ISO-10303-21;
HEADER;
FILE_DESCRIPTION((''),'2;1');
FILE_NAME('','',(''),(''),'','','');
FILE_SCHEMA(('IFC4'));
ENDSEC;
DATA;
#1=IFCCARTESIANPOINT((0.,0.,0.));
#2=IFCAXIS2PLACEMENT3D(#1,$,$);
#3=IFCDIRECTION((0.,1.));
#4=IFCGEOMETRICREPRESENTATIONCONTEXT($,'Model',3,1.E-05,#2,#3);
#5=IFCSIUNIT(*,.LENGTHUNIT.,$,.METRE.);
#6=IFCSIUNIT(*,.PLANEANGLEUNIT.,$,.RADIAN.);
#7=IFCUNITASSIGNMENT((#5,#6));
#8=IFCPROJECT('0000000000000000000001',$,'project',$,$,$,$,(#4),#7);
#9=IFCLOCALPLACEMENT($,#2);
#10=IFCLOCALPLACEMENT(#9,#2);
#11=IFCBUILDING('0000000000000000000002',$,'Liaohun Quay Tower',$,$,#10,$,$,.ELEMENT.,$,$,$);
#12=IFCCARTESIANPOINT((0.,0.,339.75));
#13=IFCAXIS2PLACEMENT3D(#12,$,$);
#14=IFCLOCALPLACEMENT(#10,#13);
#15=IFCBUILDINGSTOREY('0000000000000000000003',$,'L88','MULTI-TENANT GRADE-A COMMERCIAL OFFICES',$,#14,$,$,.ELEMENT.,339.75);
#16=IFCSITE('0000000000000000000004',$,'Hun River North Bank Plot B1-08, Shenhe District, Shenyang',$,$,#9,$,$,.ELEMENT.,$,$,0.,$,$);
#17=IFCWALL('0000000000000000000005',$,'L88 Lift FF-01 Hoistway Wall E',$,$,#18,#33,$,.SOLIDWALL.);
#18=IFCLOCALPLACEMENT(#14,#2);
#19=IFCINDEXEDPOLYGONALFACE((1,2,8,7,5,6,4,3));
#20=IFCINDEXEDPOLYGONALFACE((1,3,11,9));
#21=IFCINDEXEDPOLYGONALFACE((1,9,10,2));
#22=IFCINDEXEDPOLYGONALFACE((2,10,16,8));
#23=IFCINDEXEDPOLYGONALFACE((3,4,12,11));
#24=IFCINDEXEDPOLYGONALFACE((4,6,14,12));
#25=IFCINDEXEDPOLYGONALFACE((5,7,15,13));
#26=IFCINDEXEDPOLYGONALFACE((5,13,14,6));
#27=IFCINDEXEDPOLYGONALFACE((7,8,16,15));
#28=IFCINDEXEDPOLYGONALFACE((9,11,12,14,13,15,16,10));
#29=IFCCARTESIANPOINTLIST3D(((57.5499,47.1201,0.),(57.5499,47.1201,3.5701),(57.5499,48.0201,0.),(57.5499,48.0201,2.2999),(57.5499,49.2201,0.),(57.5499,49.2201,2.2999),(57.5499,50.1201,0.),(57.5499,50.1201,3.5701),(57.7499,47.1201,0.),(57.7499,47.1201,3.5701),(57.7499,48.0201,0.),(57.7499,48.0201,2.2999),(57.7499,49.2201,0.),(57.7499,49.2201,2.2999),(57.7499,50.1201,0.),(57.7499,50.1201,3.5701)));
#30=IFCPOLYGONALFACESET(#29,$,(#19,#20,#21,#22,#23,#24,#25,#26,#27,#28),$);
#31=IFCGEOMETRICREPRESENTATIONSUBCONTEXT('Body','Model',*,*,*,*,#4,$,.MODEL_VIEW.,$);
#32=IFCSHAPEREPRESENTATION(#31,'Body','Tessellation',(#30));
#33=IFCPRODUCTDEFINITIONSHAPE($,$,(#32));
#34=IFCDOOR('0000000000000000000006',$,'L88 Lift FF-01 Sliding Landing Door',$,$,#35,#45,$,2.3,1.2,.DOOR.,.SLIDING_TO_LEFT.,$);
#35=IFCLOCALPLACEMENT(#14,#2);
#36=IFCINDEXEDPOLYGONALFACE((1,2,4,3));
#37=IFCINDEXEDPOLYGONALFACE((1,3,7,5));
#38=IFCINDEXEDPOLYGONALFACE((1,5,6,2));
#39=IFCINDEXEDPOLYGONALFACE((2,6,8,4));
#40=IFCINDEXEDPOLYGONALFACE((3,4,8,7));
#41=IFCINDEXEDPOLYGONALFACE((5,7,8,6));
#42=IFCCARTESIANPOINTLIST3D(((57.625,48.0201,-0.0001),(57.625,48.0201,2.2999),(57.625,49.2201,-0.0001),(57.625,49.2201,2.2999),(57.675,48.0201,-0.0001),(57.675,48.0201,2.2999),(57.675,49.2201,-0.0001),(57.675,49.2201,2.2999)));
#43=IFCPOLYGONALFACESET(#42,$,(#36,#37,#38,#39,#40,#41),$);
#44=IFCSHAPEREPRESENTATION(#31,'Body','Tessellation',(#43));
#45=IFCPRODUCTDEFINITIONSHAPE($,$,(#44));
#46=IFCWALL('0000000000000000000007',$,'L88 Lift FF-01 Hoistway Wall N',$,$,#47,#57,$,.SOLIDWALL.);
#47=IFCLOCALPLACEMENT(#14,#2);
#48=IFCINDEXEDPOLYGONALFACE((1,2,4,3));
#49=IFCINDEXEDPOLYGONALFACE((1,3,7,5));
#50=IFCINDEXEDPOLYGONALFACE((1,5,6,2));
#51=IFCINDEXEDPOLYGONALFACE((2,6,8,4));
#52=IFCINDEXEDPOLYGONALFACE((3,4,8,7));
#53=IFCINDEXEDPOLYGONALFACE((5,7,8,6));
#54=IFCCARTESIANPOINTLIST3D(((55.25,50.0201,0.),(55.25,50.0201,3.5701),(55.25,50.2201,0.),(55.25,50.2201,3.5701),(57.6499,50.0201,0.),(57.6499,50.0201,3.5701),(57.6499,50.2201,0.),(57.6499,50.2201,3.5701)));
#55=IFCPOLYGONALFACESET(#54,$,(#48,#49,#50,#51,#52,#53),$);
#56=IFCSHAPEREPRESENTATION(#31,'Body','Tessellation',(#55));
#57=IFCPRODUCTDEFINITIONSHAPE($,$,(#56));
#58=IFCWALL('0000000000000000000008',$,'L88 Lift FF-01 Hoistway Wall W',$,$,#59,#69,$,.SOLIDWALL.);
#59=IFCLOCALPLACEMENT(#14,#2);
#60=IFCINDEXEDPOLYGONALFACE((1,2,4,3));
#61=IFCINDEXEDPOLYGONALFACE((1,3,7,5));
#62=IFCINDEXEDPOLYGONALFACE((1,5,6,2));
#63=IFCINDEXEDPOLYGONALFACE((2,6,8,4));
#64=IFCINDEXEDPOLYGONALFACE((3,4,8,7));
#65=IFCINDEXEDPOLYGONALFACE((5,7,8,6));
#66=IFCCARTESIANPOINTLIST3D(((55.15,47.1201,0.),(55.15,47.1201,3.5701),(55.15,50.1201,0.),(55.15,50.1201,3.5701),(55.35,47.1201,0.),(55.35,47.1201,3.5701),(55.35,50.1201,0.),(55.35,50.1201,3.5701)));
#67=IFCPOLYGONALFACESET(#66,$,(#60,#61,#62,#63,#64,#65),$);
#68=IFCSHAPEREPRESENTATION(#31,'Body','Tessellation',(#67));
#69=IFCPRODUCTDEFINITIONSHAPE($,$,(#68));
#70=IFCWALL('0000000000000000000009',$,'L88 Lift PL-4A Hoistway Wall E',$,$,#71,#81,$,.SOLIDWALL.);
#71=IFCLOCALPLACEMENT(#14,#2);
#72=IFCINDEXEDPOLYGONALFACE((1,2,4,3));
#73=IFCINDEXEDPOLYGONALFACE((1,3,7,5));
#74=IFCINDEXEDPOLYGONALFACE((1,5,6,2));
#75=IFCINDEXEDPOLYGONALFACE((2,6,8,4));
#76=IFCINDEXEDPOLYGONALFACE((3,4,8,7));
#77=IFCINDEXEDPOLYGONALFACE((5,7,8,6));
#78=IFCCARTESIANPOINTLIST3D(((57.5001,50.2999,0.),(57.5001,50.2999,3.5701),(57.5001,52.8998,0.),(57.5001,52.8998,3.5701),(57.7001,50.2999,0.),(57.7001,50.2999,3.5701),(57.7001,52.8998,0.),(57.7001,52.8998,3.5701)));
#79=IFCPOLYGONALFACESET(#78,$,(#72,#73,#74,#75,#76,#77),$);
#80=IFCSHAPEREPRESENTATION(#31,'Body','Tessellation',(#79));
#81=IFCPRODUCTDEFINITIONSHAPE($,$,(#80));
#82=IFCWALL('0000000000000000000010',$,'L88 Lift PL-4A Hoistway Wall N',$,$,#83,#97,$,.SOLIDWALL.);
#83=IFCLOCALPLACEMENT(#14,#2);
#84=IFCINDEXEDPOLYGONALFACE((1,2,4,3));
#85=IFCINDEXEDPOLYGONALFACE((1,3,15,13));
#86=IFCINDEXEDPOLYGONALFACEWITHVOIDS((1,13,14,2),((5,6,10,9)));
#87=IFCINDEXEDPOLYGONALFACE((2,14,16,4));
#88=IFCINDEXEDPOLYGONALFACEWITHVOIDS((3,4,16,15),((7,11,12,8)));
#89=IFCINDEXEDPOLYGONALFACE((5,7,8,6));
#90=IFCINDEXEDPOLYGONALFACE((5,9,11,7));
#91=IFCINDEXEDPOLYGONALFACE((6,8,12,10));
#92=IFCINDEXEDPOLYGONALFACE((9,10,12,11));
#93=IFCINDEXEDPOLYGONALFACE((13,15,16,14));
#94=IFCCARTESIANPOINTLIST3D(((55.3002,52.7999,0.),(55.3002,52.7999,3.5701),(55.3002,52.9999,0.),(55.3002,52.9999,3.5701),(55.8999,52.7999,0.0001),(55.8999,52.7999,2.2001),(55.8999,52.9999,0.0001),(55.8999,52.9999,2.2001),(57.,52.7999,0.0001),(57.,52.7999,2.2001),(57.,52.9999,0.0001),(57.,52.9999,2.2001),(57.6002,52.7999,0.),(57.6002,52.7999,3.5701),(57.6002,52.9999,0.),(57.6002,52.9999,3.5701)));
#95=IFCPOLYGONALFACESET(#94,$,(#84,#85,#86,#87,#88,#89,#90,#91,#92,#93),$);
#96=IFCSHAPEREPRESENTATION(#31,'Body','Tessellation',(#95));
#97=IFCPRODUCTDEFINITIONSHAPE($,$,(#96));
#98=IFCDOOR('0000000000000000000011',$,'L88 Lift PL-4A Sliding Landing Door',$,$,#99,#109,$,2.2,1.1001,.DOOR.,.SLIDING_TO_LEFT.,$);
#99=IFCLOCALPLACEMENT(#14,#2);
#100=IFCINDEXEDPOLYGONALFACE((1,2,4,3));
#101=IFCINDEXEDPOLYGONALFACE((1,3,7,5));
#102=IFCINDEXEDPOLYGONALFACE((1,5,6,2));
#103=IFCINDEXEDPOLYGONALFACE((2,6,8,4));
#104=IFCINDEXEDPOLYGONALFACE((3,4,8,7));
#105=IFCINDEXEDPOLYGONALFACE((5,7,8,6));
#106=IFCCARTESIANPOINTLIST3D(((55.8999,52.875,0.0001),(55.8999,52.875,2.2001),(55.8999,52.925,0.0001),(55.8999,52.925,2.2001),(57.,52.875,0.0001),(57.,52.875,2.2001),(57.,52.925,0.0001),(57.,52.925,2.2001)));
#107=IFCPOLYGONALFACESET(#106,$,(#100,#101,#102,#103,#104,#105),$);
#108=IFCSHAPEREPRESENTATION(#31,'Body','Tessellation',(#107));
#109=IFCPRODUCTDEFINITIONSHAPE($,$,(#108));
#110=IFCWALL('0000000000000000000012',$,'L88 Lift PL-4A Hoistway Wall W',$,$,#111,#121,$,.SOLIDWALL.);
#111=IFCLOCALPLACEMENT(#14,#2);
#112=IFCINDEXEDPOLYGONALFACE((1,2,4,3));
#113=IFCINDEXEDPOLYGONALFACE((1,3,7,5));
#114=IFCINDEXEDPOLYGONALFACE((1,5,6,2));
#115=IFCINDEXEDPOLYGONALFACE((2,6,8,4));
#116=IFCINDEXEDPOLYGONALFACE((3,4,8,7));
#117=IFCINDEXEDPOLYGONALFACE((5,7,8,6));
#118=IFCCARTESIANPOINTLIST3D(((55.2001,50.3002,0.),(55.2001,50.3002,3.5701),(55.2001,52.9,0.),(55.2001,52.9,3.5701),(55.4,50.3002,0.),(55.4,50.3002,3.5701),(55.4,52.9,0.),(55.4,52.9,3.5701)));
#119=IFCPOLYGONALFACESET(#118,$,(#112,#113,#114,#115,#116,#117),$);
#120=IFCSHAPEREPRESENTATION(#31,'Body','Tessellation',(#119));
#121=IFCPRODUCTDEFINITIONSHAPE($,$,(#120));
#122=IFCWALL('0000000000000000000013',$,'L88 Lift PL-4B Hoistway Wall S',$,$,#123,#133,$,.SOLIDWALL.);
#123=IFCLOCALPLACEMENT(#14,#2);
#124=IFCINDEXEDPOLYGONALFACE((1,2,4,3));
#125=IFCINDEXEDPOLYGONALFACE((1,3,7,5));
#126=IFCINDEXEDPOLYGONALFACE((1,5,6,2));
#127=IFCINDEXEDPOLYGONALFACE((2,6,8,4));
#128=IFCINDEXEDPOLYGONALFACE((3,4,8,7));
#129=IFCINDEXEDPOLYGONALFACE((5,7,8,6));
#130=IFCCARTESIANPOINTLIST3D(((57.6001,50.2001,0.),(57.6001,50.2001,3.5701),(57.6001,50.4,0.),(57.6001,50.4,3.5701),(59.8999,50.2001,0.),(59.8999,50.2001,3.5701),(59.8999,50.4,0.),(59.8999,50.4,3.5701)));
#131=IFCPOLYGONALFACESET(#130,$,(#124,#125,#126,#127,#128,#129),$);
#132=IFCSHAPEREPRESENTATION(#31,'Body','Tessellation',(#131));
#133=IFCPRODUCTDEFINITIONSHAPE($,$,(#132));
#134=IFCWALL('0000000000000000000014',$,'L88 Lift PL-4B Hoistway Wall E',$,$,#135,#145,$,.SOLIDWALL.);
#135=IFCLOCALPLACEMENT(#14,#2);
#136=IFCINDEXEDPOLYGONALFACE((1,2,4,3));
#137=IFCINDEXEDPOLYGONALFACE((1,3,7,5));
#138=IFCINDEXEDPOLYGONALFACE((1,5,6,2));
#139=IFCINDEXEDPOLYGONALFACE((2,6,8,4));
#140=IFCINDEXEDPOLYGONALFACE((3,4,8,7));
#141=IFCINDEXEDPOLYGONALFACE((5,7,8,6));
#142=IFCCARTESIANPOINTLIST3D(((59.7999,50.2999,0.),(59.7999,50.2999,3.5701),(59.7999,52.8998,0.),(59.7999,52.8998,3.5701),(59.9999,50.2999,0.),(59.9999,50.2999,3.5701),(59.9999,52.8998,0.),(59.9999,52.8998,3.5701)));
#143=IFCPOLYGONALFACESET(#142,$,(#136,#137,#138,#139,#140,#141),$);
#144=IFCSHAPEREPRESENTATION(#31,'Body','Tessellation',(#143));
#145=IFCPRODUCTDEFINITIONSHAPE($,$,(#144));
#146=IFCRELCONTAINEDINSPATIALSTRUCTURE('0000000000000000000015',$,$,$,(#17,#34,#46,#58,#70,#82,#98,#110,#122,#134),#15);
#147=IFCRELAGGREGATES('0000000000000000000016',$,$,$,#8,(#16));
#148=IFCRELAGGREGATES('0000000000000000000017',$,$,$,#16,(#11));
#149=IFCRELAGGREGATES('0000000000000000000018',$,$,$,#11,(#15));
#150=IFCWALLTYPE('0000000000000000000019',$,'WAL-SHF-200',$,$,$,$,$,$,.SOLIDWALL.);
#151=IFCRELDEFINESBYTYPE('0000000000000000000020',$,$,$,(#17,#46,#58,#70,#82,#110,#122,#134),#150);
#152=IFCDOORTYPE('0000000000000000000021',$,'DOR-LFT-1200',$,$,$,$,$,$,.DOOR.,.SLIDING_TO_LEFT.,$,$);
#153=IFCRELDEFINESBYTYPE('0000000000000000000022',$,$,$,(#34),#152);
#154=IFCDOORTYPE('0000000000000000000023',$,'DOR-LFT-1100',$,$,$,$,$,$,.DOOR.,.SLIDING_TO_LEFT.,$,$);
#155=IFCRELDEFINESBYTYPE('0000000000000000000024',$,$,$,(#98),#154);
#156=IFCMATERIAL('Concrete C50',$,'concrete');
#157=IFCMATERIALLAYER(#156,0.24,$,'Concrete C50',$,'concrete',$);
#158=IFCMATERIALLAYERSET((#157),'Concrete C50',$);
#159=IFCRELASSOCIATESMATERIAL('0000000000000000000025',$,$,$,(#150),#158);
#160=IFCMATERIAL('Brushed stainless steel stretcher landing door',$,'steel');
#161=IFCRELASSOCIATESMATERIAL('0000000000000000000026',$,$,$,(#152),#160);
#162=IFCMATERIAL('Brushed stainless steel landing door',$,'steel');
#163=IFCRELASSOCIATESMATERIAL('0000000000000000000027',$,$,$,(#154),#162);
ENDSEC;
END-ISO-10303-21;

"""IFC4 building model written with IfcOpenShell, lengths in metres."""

from ifc_helpers import new_model, si_unit, direction, frame, frame_2d, origin, place, context, subcontext, project, spatial, rectangle, extrude, source, transform, mapped, material, layer, layer_set, type_object, element, fill, save


model = new_model("IFC4")

# Units and contexts
model_context = context("Model", 3, precision=1e-05, world=origin(), true_north=direction((0.0, 1.0)))
body_context = subcontext(model_context, "Body", "Model", "MODEL_VIEW")
ifc_project = project(units=[si_unit("LENGTHUNIT", "METRE"), si_unit("PLANEANGLEUNIT", "RADIAN")], contexts=[model_context])

# Site, building, storey
site_placement = place(None, origin())
site = spatial("IfcSite", under=ifc_project, at=site_placement, Name="Hun River North Bank Plot B1-08, Shenhe District, Shenyang", CompositionType="ELEMENT", RefElevation=0.0)
building_placement = place(site_placement, origin())
building = spatial("IfcBuilding", under=site, at=building_placement, Name="Liaohun Quay Tower", CompositionType="ELEMENT")
storey_placement = place(building_placement, frame((0.0, 0.0, 339.75)))
storey = spatial("IfcBuildingStorey", under=building, at=storey_placement, Name="L88", Description="MULTI-TENANT GRADE-A COMMERCIAL OFFICES", CompositionType="ELEMENT", Elevation=339.75)

# Shared definitions
ifc_material_1 = material(Name="Concrete C50", Category="concrete")

# Shared definitions
ifc_layer_1 = layer(ifc_material_1, 0.24, Name="Concrete C50", Category="concrete")
ifc_layer_set_1 = layer_set([ifc_layer_1], Name="Concrete C50")
wall_type_1 = type_object("IfcWallType", Name="WAL-SHF-200", PredefinedType="SOLIDWALL", material=ifc_layer_set_1)

# Wall, opening, door
wall_1_placement = place(storey_placement, frame((57.6499, 47.1201, 0.0), z_axis=(0.0, 0.0, 1.0), x_axis=(0.0, 1.0, 0.0)))
wall_1 = element("IfcWall", 1, at=wall_1_placement, inside=storey, type_object=wall_type_1, Name="L88 Lift FF-01 Hoistway Wall E", PredefinedType="SOLIDWALL", context=body_context, shape_type="SweptSolid", body=[
    extrude(rectangle(XDim=3.0, YDim=0.2, at=frame_2d((1.5, 0.0))), origin(), (0.0, 0.0, 1.0), 3.5701),
])
shared_shape_1 = source(origin(), body_context, "Body", "SweptSolid", [
    extrude(rectangle(XDim=1.2, YDim=2.3, at=frame_2d((0.6001, 1.1499))), frame((0.0, 0.1099, 0.0), z_axis=(0.0, -1.0, 0.0), x_axis=(1.0, 0.0, 0.0)), (0.0, 0.0, 1.0), 0.22),
])
opening_1_placement = place(wall_1_placement, frame((0.8999, 0.0, 0.0)))
opening_1 = element("IfcOpeningElement", 2, at=opening_1_placement, cuts=wall_1, PredefinedType="OPENING", context=body_context, shape_type="MappedRepresentation", body=[
    mapped(shared_shape_1, transform((0.0, 0.0, 0.0), x_axis=(1.0, 0.0, 0.0), y_axis=(0.0, 1.0, 0.0), z_axis=(0.0, 0.0, 1.0), scale=1.0)),
])
ifc_material_2 = material(Name="Brushed stainless steel stretcher landing door", Category="steel")
door_type_1 = type_object("IfcDoorType", Name="DOR-LFT-1200", OperationType="SLIDING_TO_LEFT", PredefinedType="DOOR", material=ifc_material_2)
shared_shape_2 = source(origin(), body_context, "Body", "SweptSolid", [
    extrude(rectangle(XDim=1.2, YDim=2.3, at=frame_2d((0.6001, 1.1499))), frame((0.0, 0.0249, 0.0), z_axis=(0.0, -1.0, 0.0), x_axis=(1.0, 0.0, 0.0)), (0.0, 0.0, 1.0), 0.05),
])
door_1_placement = place(opening_1_placement, origin())
door_1 = element("IfcDoor", 3, at=door_1_placement, inside=storey, type_object=door_type_1, Name="L88 Lift FF-01 Sliding Landing Door", OperationType="SLIDING_TO_LEFT", OverallHeight=2.3, OverallWidth=1.2, PredefinedType="DOOR", context=body_context, shape_type="MappedRepresentation", body=[
    mapped(shared_shape_2, transform((0.0, 0.0, 0.0), x_axis=(1.0, 0.0, 0.0), y_axis=(0.0, 1.0, 0.0), z_axis=(0.0, 0.0, 1.0), scale=1.0)),
])
fill(opening_1, door_1)

# Walls
wall_2_placement = place(storey_placement, frame((57.6499, 50.1201, 0.0), z_axis=(0.0, 0.0, 1.0), x_axis=(-1.0, 0.0, 0.0)))
element("IfcWall", 4, at=wall_2_placement, inside=storey, type_object=wall_type_1, Name="L88 Lift FF-01 Hoistway Wall N", PredefinedType="SOLIDWALL", context=body_context, shape_type="SweptSolid", body=[
    extrude(rectangle(XDim=2.3999, YDim=0.2, at=frame_2d((1.2, 0.0))), origin(), (0.0, 0.0, 1.0), 3.5701),
])
wall_3_placement = place(storey_placement, frame((55.25, 50.1201, 0.0), z_axis=(0.0, 0.0, 1.0), x_axis=(0.0, -1.0, 0.0)))
element("IfcWall", 5, at=wall_3_placement, inside=storey, type_object=wall_type_1, Name="L88 Lift FF-01 Hoistway Wall W", PredefinedType="SOLIDWALL", context=body_context, shape_type="SweptSolid", body=[
    extrude(rectangle(XDim=3.0, YDim=0.2, at=frame_2d((1.5, 0.0))), origin(), (0.0, 0.0, 1.0), 3.5701),
])
wall_4_placement = place(storey_placement, frame((57.6001, 50.3, 0.0), z_axis=(0.0, 0.0, 1.0), x_axis=(0.0, 1.0, 0.0)))
element("IfcWall", 6, at=wall_4_placement, inside=storey, type_object=wall_type_1, Name="L88 Lift PL-4A Hoistway Wall E", PredefinedType="SOLIDWALL", context=body_context, shape_type="SweptSolid", body=[
    extrude(rectangle(XDim=2.5999, YDim=0.2, at=frame_2d((1.2998, 0.0))), origin(), (0.0, 0.0, 1.0), 3.5701),
])

# Wall, opening, door
wall_5_placement = place(storey_placement, frame((57.6001, 52.8999, 0.0), z_axis=(0.0, 0.0, 1.0), x_axis=(-1.0, 0.0, 0.0)))
wall_5 = element("IfcWall", 7, at=wall_5_placement, inside=storey, type_object=wall_type_1, Name="L88 Lift PL-4A Hoistway Wall N", PredefinedType="SOLIDWALL", context=body_context, shape_type="SweptSolid", body=[
    extrude(rectangle(XDim=2.3, YDim=0.2, at=frame_2d((1.1499, 0.0))), origin(), (0.0, 0.0, 1.0), 3.5701),
])
shared_shape_3 = source(origin(), body_context, "Body", "SweptSolid", [
    extrude(rectangle(XDim=1.1001, YDim=2.2, at=frame_2d((0.55, 1.1001))), frame((0.0, 0.1099, 0.0), z_axis=(0.0, -1.0, 0.0), x_axis=(1.0, 0.0, 0.0)), (0.0, 0.0, 1.0), 0.22),
])
opening_2_placement = place(wall_5_placement, frame((0.6001, 0.0, 0.0)))
opening_2 = element("IfcOpeningElement", 8, at=opening_2_placement, cuts=wall_5, PredefinedType="OPENING", context=body_context, shape_type="MappedRepresentation", body=[
    mapped(shared_shape_3, transform((0.0, 0.0, 0.0), x_axis=(1.0, 0.0, 0.0), y_axis=(0.0, 1.0, 0.0), z_axis=(0.0, 0.0, 1.0), scale=1.0)),
])
ifc_material_3 = material(Name="Brushed stainless steel landing door", Category="steel")
door_type_2 = type_object("IfcDoorType", Name="DOR-LFT-1100", OperationType="SLIDING_TO_LEFT", PredefinedType="DOOR", material=ifc_material_3)
shared_shape_4 = source(origin(), body_context, "Body", "SweptSolid", [
    extrude(rectangle(XDim=1.1001, YDim=2.2, at=frame_2d((0.55, 1.1001))), frame((0.0, 0.0249, 0.0), z_axis=(0.0, -1.0, 0.0), x_axis=(1.0, 0.0, 0.0)), (0.0, 0.0, 1.0), 0.05),
])
door_2_placement = place(opening_2_placement, origin())
door_2 = element("IfcDoor", 9, at=door_2_placement, inside=storey, type_object=door_type_2, Name="L88 Lift PL-4A Sliding Landing Door", OperationType="SLIDING_TO_LEFT", OverallHeight=2.2, OverallWidth=1.1001, PredefinedType="DOOR", context=body_context, shape_type="MappedRepresentation", body=[
    mapped(shared_shape_4, transform((0.0, 0.0, 0.0), x_axis=(1.0, 0.0, 0.0), y_axis=(0.0, 1.0, 0.0), z_axis=(0.0, 0.0, 1.0), scale=1.0)),
])
fill(opening_2, door_2)

# Walls
wall_6_placement = place(storey_placement, frame((55.3, 52.8999, 0.0), z_axis=(0.0, 0.0, 1.0), x_axis=(0.0, -1.0, 0.0)))
element("IfcWall", 10, at=wall_6_placement, inside=storey, type_object=wall_type_1, Name="L88 Lift PL-4A Hoistway Wall W", PredefinedType="SOLIDWALL", context=body_context, shape_type="SweptSolid", body=[
    extrude(rectangle(XDim=2.5999, YDim=0.2, at=frame_2d((1.2998, 0.0))), origin(), (0.0, 0.0, 1.0), 3.5701),
])
wall_7_placement = place(storey_placement, frame((57.6001, 50.3, 0.0), z_axis=(0.0, 0.0, 1.0), x_axis=(1.0, 0.0, 0.0)))
element("IfcWall", 11, at=wall_7_placement, inside=storey, type_object=wall_type_1, Name="L88 Lift PL-4B Hoistway Wall S", PredefinedType="SOLIDWALL", context=body_context, shape_type="SweptSolid", body=[
    extrude(rectangle(XDim=2.2998, YDim=0.2, at=frame_2d((1.1499, 0.0))), origin(), (0.0, 0.0, 1.0), 3.5701),
])
wall_8_placement = place(storey_placement, frame((59.8999, 50.3, 0.0), z_axis=(0.0, 0.0, 1.0), x_axis=(0.0, 1.0, 0.0)))
element("IfcWall", 12, at=wall_8_placement, inside=storey, type_object=wall_type_1, Name="L88 Lift PL-4B Hoistway Wall E", PredefinedType="SOLIDWALL", context=body_context, shape_type="SweptSolid", body=[
    extrude(rectangle(XDim=2.5999, YDim=0.2, at=frame_2d((1.2998, 0.0))), origin(), (0.0, 0.0, 1.0), 3.5701),
])

save(model, "model.ifc")
